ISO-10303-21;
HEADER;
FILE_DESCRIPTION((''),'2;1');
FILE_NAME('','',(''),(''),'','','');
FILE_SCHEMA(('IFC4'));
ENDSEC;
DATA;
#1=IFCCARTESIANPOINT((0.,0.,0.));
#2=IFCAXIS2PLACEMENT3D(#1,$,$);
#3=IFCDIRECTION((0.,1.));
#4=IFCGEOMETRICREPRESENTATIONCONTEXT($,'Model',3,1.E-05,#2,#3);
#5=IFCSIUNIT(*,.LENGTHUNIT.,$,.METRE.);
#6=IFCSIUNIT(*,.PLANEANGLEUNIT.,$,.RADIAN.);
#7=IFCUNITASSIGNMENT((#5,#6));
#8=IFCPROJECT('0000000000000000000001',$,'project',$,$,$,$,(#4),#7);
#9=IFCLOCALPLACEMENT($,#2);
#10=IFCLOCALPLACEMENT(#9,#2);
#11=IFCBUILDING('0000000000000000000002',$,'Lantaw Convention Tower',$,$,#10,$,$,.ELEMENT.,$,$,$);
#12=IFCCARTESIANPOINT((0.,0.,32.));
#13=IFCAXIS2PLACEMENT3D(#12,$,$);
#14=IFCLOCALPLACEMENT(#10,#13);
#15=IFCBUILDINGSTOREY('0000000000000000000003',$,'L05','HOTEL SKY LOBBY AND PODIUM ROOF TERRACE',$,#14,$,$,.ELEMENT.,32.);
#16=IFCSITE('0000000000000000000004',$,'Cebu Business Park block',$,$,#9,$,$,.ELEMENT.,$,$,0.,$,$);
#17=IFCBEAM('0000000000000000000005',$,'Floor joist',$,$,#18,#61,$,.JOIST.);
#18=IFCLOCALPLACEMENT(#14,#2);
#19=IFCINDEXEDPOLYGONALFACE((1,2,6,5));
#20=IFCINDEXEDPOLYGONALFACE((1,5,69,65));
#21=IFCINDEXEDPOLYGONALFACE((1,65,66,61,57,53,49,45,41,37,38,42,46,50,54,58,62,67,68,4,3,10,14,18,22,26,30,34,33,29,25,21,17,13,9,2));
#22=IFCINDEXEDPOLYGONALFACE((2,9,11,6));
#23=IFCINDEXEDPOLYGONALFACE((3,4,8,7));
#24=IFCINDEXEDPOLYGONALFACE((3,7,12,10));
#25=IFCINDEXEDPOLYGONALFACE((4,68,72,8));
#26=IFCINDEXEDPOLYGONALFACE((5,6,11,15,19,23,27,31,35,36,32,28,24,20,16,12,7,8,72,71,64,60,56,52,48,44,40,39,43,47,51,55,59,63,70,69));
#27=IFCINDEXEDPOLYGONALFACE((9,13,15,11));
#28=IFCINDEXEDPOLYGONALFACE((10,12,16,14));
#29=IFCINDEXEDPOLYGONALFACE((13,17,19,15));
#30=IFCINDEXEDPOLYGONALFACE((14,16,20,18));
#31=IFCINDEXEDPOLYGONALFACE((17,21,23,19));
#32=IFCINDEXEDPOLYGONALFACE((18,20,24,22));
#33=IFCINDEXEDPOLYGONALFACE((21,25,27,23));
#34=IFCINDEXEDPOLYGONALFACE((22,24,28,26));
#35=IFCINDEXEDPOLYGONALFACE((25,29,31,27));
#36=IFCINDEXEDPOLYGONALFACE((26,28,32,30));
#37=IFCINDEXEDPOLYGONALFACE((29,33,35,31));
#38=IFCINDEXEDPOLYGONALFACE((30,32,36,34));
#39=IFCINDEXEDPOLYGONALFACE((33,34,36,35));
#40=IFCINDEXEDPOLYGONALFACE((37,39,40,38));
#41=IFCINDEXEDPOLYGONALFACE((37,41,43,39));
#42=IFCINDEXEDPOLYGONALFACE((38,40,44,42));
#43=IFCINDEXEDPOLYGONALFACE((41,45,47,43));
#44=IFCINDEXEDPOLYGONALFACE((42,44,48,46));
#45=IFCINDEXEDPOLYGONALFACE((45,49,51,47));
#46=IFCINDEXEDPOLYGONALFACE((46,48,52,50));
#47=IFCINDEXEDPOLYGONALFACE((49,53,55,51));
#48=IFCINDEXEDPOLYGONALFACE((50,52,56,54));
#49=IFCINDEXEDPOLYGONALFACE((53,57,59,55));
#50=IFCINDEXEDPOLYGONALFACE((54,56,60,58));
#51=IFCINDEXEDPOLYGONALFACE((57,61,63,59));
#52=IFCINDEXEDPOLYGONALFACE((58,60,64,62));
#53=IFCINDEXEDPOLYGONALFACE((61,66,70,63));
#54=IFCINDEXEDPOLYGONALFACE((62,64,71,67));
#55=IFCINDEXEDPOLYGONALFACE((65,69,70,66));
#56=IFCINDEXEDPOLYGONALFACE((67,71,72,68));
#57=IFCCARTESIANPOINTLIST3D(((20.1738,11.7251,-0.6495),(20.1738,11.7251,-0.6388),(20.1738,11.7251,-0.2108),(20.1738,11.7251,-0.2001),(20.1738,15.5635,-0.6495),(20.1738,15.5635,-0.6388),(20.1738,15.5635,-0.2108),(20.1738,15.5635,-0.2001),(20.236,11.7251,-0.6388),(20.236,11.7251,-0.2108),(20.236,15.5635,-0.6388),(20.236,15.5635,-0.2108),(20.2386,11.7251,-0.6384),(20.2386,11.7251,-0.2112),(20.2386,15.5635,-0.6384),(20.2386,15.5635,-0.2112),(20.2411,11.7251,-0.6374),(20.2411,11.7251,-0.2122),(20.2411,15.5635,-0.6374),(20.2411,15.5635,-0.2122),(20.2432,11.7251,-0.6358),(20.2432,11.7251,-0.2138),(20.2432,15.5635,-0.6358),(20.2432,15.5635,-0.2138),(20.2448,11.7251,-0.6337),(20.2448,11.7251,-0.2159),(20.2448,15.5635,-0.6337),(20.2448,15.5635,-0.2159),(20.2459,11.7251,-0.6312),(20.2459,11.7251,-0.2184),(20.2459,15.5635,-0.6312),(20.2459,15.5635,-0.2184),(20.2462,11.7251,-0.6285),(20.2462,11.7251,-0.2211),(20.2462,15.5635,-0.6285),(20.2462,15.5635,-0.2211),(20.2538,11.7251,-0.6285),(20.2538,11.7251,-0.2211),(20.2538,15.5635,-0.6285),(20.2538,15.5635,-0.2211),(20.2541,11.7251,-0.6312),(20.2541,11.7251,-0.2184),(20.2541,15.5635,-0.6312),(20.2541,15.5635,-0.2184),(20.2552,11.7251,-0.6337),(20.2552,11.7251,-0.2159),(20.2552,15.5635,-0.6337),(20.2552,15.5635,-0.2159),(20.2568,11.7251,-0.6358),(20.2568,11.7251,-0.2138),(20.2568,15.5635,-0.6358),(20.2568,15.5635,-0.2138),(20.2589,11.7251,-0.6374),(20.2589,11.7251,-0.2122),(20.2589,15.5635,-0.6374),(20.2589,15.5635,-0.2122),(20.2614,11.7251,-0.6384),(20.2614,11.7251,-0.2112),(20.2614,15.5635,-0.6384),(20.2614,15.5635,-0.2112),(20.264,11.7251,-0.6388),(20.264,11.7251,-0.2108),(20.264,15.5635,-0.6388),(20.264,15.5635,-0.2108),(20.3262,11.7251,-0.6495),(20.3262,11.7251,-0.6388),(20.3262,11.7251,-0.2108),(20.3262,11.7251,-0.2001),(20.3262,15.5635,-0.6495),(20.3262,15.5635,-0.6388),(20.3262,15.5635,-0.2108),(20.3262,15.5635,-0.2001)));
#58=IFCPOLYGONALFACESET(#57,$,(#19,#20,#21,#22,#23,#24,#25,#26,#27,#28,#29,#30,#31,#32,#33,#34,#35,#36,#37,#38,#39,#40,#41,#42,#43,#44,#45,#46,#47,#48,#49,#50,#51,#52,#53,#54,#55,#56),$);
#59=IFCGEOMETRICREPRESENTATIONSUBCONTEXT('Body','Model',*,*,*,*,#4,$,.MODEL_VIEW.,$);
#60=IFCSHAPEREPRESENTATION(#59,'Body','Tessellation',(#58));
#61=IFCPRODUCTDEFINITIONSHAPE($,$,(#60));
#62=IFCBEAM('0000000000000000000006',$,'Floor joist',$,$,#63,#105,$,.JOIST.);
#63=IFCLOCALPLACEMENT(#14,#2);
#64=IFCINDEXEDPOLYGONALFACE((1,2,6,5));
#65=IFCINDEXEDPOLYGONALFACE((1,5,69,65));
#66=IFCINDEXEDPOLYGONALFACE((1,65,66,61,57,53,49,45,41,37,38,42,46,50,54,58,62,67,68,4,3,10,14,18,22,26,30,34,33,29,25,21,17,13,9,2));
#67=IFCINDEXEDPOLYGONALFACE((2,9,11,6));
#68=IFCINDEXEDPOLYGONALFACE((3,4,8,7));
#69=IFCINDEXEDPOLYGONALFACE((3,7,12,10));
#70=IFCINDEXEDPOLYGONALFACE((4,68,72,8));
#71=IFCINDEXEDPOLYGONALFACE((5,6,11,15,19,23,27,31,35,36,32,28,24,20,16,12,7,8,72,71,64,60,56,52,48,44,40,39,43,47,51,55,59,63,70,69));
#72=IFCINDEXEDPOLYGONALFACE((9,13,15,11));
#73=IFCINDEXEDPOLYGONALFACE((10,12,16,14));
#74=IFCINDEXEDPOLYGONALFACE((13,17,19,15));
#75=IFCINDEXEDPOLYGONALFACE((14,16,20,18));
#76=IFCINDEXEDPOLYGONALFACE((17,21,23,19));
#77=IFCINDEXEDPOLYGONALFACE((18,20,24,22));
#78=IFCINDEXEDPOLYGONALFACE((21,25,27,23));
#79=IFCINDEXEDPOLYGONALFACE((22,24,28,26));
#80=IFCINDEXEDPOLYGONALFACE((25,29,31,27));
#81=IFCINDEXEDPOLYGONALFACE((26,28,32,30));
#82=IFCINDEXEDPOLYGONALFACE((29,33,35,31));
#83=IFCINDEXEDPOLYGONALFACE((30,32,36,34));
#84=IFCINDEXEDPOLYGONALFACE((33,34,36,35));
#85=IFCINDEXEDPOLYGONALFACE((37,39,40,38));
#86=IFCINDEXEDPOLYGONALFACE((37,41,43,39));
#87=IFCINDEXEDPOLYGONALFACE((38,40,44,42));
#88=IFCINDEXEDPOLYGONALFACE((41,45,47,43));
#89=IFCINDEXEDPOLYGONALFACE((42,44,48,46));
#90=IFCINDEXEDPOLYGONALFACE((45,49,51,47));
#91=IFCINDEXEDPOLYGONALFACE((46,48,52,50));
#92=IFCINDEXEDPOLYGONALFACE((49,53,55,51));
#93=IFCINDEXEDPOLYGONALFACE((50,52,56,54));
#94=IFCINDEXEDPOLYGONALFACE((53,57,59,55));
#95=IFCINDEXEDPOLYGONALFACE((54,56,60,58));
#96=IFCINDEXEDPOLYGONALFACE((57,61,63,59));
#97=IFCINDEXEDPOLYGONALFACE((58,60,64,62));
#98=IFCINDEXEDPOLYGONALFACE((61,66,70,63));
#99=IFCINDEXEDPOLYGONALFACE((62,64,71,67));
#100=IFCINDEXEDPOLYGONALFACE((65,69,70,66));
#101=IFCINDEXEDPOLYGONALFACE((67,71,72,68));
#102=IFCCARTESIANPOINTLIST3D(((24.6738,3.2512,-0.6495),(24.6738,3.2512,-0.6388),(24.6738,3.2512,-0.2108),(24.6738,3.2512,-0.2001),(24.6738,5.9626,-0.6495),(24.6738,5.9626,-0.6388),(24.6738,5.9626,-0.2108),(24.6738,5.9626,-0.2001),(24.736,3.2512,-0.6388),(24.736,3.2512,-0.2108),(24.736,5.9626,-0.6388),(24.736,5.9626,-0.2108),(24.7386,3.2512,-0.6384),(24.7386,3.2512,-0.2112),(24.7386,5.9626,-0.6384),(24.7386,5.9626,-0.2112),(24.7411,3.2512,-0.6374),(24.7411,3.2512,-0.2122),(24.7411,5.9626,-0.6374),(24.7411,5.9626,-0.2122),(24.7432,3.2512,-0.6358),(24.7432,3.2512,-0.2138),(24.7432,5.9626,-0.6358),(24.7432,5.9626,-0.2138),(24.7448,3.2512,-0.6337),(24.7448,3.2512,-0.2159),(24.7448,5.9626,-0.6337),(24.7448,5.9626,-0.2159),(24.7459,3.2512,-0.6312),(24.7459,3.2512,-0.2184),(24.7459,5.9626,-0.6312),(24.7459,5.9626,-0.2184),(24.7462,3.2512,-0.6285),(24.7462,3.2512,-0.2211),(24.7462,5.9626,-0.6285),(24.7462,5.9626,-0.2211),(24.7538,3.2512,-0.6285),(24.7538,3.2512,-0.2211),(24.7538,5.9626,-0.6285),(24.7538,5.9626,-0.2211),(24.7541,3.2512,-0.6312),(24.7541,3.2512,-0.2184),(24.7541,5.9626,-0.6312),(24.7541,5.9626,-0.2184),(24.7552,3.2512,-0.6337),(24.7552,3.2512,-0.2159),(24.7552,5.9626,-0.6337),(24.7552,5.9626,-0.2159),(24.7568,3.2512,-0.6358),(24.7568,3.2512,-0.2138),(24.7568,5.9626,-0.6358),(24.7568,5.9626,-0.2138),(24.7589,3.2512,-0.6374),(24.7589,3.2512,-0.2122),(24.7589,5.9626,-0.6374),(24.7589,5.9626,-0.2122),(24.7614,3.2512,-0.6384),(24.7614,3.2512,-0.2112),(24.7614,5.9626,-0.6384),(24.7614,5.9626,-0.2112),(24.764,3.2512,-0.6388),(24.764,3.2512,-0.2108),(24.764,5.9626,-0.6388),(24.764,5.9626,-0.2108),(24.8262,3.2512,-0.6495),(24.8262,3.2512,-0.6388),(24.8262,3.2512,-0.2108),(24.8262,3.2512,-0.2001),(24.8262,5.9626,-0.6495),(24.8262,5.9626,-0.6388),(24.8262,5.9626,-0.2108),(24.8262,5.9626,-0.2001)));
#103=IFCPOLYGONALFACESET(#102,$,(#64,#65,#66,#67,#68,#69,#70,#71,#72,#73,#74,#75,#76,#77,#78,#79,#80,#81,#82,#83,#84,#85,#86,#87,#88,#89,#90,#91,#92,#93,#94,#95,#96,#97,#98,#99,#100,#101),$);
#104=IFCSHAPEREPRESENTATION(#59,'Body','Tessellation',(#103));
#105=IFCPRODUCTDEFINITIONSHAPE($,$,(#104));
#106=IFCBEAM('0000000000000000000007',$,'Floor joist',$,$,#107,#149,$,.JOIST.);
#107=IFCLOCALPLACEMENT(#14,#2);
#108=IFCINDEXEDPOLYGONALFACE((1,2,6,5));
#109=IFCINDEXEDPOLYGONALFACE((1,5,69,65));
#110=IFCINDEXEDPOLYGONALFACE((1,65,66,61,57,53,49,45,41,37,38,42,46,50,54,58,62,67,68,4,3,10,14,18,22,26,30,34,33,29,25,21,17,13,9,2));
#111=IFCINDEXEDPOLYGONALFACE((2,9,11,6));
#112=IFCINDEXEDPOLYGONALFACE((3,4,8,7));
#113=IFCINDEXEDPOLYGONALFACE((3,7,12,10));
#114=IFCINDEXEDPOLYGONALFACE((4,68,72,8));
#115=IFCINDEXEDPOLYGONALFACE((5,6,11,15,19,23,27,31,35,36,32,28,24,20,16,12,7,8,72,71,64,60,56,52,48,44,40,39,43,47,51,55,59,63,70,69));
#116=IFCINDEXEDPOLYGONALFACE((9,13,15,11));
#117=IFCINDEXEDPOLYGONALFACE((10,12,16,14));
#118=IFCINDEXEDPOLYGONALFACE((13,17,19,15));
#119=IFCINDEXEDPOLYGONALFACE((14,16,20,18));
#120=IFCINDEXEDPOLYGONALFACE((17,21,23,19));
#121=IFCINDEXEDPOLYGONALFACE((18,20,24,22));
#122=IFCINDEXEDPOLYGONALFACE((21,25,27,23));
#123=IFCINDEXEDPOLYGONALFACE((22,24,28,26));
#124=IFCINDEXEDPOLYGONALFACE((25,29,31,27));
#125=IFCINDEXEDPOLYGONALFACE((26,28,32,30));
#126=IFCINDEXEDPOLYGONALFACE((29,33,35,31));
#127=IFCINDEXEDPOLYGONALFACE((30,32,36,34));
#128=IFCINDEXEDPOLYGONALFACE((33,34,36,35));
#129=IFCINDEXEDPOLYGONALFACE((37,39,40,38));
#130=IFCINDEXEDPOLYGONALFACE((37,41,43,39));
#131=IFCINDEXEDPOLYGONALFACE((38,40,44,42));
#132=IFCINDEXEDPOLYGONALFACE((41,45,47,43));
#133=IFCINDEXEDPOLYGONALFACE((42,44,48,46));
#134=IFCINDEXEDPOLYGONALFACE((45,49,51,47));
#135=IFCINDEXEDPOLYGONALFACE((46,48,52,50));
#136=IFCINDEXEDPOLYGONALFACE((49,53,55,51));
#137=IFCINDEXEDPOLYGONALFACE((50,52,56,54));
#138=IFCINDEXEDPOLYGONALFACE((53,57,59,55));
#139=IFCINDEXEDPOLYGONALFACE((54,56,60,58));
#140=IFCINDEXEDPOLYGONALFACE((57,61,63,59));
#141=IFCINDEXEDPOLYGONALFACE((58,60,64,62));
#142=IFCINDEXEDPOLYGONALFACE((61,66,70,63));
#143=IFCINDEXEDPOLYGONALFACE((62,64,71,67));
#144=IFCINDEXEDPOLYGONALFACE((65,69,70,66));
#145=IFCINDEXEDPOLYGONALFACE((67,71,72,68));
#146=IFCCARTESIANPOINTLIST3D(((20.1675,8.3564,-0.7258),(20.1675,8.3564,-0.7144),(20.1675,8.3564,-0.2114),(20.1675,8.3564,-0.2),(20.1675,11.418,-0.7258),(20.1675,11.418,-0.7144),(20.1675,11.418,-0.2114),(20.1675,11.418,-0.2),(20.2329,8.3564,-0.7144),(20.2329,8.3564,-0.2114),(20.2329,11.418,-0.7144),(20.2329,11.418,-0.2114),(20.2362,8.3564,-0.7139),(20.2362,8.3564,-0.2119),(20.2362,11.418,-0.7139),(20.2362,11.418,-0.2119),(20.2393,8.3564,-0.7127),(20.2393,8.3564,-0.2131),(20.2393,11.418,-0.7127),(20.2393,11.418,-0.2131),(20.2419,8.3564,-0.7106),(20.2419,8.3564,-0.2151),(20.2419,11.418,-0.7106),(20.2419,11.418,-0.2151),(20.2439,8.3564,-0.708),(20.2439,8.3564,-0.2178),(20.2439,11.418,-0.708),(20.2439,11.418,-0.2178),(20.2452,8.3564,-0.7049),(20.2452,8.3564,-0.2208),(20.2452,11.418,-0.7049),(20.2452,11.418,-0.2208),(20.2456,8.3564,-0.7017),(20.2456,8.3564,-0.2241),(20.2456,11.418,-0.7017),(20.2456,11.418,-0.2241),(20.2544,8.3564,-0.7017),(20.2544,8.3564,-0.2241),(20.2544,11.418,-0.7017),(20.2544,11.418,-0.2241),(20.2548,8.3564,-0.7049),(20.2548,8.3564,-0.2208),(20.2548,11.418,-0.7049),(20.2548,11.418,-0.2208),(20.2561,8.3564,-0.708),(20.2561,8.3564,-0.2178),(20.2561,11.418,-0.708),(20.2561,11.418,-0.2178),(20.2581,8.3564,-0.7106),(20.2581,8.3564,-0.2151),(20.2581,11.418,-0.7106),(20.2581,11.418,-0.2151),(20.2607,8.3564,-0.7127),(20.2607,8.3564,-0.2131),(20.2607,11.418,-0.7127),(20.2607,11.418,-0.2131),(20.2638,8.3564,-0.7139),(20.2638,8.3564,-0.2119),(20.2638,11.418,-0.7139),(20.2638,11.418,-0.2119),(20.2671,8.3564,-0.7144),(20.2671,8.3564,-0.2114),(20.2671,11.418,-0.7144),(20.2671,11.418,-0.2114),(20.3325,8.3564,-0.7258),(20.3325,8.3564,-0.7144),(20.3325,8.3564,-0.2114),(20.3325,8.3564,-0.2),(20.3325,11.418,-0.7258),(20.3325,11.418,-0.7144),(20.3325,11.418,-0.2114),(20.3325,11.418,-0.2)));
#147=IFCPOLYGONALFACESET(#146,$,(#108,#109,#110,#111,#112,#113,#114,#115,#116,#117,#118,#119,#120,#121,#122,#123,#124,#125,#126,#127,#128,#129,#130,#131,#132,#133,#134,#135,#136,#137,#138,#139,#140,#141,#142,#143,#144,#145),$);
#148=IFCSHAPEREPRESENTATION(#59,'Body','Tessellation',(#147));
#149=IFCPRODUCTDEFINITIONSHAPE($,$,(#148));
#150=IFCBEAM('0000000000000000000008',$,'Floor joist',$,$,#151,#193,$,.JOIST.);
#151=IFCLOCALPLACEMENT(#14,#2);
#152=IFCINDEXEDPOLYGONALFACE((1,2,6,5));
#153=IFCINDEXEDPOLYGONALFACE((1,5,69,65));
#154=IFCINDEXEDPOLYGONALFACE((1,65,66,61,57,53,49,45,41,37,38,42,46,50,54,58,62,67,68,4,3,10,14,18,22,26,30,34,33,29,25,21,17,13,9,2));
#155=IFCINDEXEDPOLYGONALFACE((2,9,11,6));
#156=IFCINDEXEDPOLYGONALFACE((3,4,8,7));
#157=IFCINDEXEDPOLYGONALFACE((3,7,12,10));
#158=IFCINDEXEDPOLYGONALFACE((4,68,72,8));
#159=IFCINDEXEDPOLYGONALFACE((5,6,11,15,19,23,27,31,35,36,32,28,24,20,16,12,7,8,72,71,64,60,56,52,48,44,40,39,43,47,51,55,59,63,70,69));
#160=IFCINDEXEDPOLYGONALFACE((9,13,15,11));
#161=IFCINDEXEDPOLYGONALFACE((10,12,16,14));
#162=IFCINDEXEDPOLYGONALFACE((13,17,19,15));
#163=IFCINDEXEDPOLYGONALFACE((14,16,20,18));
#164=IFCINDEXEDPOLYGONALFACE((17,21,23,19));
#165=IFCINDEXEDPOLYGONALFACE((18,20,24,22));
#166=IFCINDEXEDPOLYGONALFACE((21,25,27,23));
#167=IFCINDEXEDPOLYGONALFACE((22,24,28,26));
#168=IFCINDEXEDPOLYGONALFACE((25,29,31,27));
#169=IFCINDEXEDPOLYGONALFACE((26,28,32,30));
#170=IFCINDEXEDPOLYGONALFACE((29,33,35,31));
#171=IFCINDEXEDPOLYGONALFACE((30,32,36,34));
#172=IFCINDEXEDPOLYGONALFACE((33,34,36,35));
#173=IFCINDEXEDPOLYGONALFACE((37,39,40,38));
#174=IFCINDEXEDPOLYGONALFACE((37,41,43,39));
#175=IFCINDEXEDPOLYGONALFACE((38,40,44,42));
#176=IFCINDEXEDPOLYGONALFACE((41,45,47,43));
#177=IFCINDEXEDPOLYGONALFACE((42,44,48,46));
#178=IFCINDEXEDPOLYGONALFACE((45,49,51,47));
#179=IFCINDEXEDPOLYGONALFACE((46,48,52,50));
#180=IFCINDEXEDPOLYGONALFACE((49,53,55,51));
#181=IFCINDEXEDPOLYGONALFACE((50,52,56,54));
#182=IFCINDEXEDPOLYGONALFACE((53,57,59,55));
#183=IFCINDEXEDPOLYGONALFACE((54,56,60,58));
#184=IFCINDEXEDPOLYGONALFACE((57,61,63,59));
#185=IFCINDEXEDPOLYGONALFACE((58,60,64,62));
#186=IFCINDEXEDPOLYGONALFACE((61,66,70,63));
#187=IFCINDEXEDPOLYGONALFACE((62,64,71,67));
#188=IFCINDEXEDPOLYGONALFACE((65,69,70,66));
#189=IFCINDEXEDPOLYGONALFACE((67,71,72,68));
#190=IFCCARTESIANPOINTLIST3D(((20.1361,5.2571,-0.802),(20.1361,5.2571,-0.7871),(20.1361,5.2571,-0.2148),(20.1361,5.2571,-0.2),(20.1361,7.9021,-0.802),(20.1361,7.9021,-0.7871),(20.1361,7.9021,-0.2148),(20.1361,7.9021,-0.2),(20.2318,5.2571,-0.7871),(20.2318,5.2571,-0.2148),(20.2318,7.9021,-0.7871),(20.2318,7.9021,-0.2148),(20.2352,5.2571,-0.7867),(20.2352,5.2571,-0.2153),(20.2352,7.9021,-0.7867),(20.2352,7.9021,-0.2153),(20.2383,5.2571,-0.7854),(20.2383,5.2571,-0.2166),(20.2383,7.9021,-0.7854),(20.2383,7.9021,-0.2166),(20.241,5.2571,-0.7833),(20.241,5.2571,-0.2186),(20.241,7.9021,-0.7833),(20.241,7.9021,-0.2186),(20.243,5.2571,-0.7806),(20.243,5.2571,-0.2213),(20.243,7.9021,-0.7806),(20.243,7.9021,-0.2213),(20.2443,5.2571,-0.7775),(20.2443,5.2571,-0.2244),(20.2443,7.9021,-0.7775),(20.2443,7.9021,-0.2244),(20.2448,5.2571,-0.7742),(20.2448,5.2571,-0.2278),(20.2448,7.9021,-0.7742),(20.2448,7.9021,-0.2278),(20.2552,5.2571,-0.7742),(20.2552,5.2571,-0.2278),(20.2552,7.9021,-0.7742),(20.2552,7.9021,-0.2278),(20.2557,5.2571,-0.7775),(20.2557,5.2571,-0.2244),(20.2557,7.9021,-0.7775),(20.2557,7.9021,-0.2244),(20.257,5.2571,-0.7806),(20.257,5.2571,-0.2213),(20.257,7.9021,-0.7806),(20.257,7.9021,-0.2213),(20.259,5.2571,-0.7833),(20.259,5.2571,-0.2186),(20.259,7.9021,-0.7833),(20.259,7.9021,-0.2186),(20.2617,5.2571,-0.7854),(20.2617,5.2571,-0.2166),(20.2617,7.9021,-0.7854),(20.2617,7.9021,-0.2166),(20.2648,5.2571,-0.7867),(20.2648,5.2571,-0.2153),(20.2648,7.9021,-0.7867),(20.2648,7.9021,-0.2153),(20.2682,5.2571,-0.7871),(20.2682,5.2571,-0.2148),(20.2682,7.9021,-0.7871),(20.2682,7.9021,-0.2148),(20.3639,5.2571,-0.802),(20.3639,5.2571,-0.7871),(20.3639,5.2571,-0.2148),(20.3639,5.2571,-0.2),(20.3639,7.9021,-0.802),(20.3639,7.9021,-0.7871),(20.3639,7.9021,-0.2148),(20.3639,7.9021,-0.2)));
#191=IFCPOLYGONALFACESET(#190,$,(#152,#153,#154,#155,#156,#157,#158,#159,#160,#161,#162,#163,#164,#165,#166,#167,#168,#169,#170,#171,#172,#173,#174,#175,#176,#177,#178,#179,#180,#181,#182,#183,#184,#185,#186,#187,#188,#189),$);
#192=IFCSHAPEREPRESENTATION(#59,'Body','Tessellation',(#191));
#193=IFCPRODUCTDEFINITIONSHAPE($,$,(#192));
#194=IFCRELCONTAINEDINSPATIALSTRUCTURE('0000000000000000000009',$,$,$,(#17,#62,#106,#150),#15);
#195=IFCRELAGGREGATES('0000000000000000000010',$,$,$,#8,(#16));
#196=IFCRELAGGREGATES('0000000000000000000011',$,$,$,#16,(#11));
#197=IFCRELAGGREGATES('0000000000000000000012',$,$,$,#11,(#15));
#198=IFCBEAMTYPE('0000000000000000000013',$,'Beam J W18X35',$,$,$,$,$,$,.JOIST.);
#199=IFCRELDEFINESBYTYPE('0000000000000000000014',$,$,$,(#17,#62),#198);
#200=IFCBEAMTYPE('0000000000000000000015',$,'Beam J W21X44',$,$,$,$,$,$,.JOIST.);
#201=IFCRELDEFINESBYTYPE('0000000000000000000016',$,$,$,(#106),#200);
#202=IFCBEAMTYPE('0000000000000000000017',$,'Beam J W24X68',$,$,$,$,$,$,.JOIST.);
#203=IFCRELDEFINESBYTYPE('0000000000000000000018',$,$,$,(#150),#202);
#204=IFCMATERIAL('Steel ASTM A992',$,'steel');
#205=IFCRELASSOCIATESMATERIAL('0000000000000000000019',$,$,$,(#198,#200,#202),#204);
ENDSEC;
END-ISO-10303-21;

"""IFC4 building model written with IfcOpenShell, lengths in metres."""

from ifc_helpers import new_model, si_unit, direction, frame, origin, origin_2d, place, context, subcontext, project, spatial, i_section, extrude, material, material_profile, profile_set, type_object, element, save


model = new_model("IFC4")

# Units and contexts
model_context = context("Model", 3, precision=1e-05, world=origin(), true_north=direction((0.0, 1.0)))
body_context = subcontext(model_context, "Body", "Model", "MODEL_VIEW")
ifc_project = project(units=[si_unit("LENGTHUNIT", "METRE"), si_unit("PLANEANGLEUNIT", "RADIAN")], contexts=[model_context])

# Site, building, storey
site_placement = place(None, origin())
site = spatial("IfcSite", under=ifc_project, at=site_placement, Name="Cebu Business Park block", CompositionType="ELEMENT", RefElevation=0.0)
building_placement = place(site_placement, origin())
building = spatial("IfcBuilding", under=site, at=building_placement, Name="Lantaw Convention Tower", CompositionType="ELEMENT")
storey_placement = place(building_placement, frame((0.0, 0.0, 32.0)))
storey = spatial("IfcBuildingStorey", under=building, at=storey_placement, Name="L05", Description="HOTEL SKY LOBBY AND PODIUM ROOF TERRACE", CompositionType="ELEMENT", Elevation=32.0)

# Beams
ifc_material_1 = material(Name="Steel ASTM A992", Category="steel")
ifc_material_profile_1 = material_profile(ifc_material_1, i_section(OverallWidth=0.1523, OverallDepth=0.4495, WebThickness=0.0076, FlangeThickness=0.0107, FilletRadius=0.0103, at=origin_2d()), Name="W18X35")
ifc_profile_set_1 = profile_set([ifc_material_profile_1], Name="Steel ASTM A992")
beam_type_1 = type_object("IfcBeamType", Name="Beam J W18X35", PredefinedType="JOIST", material=ifc_profile_set_1)
beam_1_placement = place(storey_placement, frame((20.25, 11.7251, -0.4248), z_axis=(0.0, 1.0, 0.0), x_axis=(-1.0, 0.0, 0.0)))
element("IfcBeam", 1, at=beam_1_placement, inside=storey, type_object=beam_type_1, Name="Floor joist", PredefinedType="JOIST", context=body_context, shape_type="SweptSolid", body=[
    extrude(i_section(OverallWidth=0.1523, OverallDepth=0.4495, WebThickness=0.0076, FlangeThickness=0.0107, FilletRadius=0.0103, at=origin_2d()), origin(), (0.0, 0.0, 1.0), 3.8384),
])
beam_2_placement = place(storey_placement, frame((24.75, 3.2512, -0.4248), z_axis=(0.0, 1.0, 0.0), x_axis=(-1.0, 0.0, 0.0)))
element("IfcBeam", 2, at=beam_2_placement, inside=storey, type_object=beam_type_1, Name="Floor joist", PredefinedType="JOIST", context=body_context, shape_type="SweptSolid", body=[
    extrude(i_section(OverallWidth=0.1523, OverallDepth=0.4495, WebThickness=0.0076, FlangeThickness=0.0107, FilletRadius=0.0103, at=origin_2d()), origin(), (0.0, 0.0, 1.0), 2.7114),
])
ifc_material_profile_2 = material_profile(ifc_material_1, i_section(OverallWidth=0.165, OverallDepth=0.5259, WebThickness=0.0088, FlangeThickness=0.0115, FilletRadius=0.0127, at=origin_2d()), Name="W21X44")
ifc_profile_set_2 = profile_set([ifc_material_profile_2], Name="Steel ASTM A992")
beam_type_2 = type_object("IfcBeamType", Name="Beam J W21X44", PredefinedType="JOIST", material=ifc_profile_set_2)
beam_3_placement = place(storey_placement, frame((20.25, 8.3564, -0.4629), z_axis=(0.0, 1.0, 0.0), x_axis=(-1.0, 0.0, 0.0)))
element("IfcBeam", 3, at=beam_3_placement, inside=storey, type_object=beam_type_2, Name="Floor joist", PredefinedType="JOIST", context=body_context, shape_type="SweptSolid", body=[
    extrude(i_section(OverallWidth=0.165, OverallDepth=0.5259, WebThickness=0.0088, FlangeThickness=0.0115, FilletRadius=0.0127, at=origin_2d()), origin(), (0.0, 0.0, 1.0), 3.0615),
])
ifc_material_profile_3 = material_profile(ifc_material_1, i_section(OverallWidth=0.2278, OverallDepth=0.6021, WebThickness=0.0105, FlangeThickness=0.0149, FilletRadius=0.0129, at=origin_2d()), Name="W24X68")
ifc_profile_set_3 = profile_set([ifc_material_profile_3], Name="Steel ASTM A992")
beam_type_3 = type_object("IfcBeamType", Name="Beam J W24X68", PredefinedType="JOIST", material=ifc_profile_set_3)
beam_4_placement = place(storey_placement, frame((20.25, 5.2571, -0.501), z_axis=(0.0, 1.0, 0.0), x_axis=(-1.0, 0.0, 0.0)))
element("IfcBeam", 4, at=beam_4_placement, inside=storey, type_object=beam_type_3, Name="Floor joist", PredefinedType="JOIST", context=body_context, shape_type="SweptSolid", body=[
    extrude(i_section(OverallWidth=0.2278, OverallDepth=0.6021, WebThickness=0.0105, FlangeThickness=0.0149, FilletRadius=0.0129, at=origin_2d()), origin(), (0.0, 0.0, 1.0), 2.645),
])

save(model, "model.ifc")
